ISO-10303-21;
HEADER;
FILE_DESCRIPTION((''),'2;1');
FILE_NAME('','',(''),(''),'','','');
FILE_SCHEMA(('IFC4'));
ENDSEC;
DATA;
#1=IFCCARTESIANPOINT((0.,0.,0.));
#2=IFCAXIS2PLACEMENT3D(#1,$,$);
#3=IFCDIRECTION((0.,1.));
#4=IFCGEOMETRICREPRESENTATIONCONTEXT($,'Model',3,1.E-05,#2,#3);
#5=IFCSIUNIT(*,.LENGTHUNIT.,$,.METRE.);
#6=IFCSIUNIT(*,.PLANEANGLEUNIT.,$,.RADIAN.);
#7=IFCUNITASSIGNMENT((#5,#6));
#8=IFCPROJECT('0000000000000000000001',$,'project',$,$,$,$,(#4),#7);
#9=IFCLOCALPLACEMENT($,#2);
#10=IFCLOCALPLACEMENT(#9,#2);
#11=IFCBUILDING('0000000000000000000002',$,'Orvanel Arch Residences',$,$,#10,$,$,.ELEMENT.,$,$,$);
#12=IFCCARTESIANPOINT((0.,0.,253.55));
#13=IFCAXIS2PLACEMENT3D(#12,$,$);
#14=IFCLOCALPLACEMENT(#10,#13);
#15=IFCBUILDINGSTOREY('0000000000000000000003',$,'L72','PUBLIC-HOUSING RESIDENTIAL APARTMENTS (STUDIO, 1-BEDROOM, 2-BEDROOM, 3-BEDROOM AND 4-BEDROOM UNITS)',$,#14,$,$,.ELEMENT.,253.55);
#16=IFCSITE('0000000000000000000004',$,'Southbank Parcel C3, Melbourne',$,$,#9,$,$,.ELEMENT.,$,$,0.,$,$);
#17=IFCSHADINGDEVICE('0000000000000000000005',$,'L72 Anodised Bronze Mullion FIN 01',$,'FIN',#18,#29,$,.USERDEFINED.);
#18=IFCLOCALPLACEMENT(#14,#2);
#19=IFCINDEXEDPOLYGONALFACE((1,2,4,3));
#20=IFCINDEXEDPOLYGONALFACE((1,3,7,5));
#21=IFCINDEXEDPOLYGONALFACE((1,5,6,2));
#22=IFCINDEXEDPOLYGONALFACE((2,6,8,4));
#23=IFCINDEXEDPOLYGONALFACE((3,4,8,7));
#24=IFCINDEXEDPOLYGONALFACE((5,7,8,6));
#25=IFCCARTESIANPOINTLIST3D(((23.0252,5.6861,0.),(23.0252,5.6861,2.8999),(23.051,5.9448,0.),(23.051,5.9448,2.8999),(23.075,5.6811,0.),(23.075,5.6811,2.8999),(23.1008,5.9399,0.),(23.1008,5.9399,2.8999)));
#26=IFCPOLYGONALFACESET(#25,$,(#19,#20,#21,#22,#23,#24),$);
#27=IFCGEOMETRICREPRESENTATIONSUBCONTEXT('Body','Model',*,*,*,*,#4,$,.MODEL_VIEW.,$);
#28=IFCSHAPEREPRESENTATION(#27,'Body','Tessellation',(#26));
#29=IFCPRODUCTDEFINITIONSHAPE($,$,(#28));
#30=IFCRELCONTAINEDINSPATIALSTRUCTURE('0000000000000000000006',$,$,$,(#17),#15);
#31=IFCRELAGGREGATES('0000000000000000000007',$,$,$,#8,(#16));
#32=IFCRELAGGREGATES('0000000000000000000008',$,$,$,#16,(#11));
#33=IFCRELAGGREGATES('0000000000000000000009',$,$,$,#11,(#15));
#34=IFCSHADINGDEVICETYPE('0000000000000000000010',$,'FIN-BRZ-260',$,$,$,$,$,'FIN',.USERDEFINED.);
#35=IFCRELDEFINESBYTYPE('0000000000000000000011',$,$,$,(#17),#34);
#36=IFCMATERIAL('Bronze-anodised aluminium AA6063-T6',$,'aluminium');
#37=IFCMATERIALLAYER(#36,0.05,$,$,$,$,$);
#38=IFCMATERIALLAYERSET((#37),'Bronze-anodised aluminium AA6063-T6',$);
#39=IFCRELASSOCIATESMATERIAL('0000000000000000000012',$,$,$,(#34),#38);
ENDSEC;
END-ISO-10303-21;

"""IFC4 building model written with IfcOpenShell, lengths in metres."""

from ifc_helpers import new_model, si_unit, direction, frame, origin, origin_2d, place, context, subcontext, project, spatial, rectangle, extrude, material, layer, layer_set, type_object, element, save


model = new_model("IFC4")

# Units and contexts
model_context = context("Model", 3, precision=1e-05, world=origin(), true_north=direction((0.0, 1.0)))
body_context = subcontext(model_context, "Body", "Model", "MODEL_VIEW")
ifc_project = project(units=[si_unit("LENGTHUNIT", "METRE"), si_unit("PLANEANGLEUNIT", "RADIAN")], contexts=[model_context])

# Site, building, storey
site_placement = place(None, origin())
site = spatial("IfcSite", under=ifc_project, at=site_placement, Name="Southbank Parcel C3, Melbourne", CompositionType="ELEMENT", RefElevation=0.0)
building_placement = place(site_placement, origin())
building = spatial("IfcBuilding", under=site, at=building_placement, Name="Orvanel Arch Residences", CompositionType="ELEMENT")
storey_placement = place(building_placement, frame((0.0, 0.0, 253.55)))
storey = spatial("IfcBuildingStorey", under=building, at=storey_placement, Name="L72", Description="PUBLIC-HOUSING RESIDENTIAL APARTMENTS (STUDIO, 1-BEDROOM, 2-BEDROOM, 3-BEDROOM AND 4-BEDROOM UNITS)", CompositionType="ELEMENT", Elevation=253.55)

# Shared definitions
ifc_material_1 = material(Name="Bronze-anodised aluminium AA6063-T6", Category="aluminium")

# Shading device
ifc_layer_1 = layer(ifc_material_1, 0.05)
ifc_layer_set_1 = layer_set([ifc_layer_1], Name="Bronze-anodised aluminium AA6063-T6")
shading_device_type = type_object("IfcShadingDeviceType", Name="FIN-BRZ-260", ElementType="FIN", PredefinedType="USERDEFINED", material=ifc_layer_set_1)
shading_device_placement = place(storey_placement, frame((23.063, 5.813, 0.0), z_axis=(0.0, 0.0, 1.0), x_axis=(-0.09932, -0.995056, 0.0)))
element("IfcShadingDevice", 1, at=shading_device_placement, inside=storey, type_object=shading_device_type, Name="L72 Anodised Bronze Mullion FIN 01", ObjectType="FIN", PredefinedType="USERDEFINED", context=body_context, shape_type="SweptSolid", body=[
    extrude(rectangle(XDim=0.26, YDim=0.05, at=origin_2d()), origin(), (0.0, 0.0, 1.0), 2.8999),
])

save(model, "model.ifc")
